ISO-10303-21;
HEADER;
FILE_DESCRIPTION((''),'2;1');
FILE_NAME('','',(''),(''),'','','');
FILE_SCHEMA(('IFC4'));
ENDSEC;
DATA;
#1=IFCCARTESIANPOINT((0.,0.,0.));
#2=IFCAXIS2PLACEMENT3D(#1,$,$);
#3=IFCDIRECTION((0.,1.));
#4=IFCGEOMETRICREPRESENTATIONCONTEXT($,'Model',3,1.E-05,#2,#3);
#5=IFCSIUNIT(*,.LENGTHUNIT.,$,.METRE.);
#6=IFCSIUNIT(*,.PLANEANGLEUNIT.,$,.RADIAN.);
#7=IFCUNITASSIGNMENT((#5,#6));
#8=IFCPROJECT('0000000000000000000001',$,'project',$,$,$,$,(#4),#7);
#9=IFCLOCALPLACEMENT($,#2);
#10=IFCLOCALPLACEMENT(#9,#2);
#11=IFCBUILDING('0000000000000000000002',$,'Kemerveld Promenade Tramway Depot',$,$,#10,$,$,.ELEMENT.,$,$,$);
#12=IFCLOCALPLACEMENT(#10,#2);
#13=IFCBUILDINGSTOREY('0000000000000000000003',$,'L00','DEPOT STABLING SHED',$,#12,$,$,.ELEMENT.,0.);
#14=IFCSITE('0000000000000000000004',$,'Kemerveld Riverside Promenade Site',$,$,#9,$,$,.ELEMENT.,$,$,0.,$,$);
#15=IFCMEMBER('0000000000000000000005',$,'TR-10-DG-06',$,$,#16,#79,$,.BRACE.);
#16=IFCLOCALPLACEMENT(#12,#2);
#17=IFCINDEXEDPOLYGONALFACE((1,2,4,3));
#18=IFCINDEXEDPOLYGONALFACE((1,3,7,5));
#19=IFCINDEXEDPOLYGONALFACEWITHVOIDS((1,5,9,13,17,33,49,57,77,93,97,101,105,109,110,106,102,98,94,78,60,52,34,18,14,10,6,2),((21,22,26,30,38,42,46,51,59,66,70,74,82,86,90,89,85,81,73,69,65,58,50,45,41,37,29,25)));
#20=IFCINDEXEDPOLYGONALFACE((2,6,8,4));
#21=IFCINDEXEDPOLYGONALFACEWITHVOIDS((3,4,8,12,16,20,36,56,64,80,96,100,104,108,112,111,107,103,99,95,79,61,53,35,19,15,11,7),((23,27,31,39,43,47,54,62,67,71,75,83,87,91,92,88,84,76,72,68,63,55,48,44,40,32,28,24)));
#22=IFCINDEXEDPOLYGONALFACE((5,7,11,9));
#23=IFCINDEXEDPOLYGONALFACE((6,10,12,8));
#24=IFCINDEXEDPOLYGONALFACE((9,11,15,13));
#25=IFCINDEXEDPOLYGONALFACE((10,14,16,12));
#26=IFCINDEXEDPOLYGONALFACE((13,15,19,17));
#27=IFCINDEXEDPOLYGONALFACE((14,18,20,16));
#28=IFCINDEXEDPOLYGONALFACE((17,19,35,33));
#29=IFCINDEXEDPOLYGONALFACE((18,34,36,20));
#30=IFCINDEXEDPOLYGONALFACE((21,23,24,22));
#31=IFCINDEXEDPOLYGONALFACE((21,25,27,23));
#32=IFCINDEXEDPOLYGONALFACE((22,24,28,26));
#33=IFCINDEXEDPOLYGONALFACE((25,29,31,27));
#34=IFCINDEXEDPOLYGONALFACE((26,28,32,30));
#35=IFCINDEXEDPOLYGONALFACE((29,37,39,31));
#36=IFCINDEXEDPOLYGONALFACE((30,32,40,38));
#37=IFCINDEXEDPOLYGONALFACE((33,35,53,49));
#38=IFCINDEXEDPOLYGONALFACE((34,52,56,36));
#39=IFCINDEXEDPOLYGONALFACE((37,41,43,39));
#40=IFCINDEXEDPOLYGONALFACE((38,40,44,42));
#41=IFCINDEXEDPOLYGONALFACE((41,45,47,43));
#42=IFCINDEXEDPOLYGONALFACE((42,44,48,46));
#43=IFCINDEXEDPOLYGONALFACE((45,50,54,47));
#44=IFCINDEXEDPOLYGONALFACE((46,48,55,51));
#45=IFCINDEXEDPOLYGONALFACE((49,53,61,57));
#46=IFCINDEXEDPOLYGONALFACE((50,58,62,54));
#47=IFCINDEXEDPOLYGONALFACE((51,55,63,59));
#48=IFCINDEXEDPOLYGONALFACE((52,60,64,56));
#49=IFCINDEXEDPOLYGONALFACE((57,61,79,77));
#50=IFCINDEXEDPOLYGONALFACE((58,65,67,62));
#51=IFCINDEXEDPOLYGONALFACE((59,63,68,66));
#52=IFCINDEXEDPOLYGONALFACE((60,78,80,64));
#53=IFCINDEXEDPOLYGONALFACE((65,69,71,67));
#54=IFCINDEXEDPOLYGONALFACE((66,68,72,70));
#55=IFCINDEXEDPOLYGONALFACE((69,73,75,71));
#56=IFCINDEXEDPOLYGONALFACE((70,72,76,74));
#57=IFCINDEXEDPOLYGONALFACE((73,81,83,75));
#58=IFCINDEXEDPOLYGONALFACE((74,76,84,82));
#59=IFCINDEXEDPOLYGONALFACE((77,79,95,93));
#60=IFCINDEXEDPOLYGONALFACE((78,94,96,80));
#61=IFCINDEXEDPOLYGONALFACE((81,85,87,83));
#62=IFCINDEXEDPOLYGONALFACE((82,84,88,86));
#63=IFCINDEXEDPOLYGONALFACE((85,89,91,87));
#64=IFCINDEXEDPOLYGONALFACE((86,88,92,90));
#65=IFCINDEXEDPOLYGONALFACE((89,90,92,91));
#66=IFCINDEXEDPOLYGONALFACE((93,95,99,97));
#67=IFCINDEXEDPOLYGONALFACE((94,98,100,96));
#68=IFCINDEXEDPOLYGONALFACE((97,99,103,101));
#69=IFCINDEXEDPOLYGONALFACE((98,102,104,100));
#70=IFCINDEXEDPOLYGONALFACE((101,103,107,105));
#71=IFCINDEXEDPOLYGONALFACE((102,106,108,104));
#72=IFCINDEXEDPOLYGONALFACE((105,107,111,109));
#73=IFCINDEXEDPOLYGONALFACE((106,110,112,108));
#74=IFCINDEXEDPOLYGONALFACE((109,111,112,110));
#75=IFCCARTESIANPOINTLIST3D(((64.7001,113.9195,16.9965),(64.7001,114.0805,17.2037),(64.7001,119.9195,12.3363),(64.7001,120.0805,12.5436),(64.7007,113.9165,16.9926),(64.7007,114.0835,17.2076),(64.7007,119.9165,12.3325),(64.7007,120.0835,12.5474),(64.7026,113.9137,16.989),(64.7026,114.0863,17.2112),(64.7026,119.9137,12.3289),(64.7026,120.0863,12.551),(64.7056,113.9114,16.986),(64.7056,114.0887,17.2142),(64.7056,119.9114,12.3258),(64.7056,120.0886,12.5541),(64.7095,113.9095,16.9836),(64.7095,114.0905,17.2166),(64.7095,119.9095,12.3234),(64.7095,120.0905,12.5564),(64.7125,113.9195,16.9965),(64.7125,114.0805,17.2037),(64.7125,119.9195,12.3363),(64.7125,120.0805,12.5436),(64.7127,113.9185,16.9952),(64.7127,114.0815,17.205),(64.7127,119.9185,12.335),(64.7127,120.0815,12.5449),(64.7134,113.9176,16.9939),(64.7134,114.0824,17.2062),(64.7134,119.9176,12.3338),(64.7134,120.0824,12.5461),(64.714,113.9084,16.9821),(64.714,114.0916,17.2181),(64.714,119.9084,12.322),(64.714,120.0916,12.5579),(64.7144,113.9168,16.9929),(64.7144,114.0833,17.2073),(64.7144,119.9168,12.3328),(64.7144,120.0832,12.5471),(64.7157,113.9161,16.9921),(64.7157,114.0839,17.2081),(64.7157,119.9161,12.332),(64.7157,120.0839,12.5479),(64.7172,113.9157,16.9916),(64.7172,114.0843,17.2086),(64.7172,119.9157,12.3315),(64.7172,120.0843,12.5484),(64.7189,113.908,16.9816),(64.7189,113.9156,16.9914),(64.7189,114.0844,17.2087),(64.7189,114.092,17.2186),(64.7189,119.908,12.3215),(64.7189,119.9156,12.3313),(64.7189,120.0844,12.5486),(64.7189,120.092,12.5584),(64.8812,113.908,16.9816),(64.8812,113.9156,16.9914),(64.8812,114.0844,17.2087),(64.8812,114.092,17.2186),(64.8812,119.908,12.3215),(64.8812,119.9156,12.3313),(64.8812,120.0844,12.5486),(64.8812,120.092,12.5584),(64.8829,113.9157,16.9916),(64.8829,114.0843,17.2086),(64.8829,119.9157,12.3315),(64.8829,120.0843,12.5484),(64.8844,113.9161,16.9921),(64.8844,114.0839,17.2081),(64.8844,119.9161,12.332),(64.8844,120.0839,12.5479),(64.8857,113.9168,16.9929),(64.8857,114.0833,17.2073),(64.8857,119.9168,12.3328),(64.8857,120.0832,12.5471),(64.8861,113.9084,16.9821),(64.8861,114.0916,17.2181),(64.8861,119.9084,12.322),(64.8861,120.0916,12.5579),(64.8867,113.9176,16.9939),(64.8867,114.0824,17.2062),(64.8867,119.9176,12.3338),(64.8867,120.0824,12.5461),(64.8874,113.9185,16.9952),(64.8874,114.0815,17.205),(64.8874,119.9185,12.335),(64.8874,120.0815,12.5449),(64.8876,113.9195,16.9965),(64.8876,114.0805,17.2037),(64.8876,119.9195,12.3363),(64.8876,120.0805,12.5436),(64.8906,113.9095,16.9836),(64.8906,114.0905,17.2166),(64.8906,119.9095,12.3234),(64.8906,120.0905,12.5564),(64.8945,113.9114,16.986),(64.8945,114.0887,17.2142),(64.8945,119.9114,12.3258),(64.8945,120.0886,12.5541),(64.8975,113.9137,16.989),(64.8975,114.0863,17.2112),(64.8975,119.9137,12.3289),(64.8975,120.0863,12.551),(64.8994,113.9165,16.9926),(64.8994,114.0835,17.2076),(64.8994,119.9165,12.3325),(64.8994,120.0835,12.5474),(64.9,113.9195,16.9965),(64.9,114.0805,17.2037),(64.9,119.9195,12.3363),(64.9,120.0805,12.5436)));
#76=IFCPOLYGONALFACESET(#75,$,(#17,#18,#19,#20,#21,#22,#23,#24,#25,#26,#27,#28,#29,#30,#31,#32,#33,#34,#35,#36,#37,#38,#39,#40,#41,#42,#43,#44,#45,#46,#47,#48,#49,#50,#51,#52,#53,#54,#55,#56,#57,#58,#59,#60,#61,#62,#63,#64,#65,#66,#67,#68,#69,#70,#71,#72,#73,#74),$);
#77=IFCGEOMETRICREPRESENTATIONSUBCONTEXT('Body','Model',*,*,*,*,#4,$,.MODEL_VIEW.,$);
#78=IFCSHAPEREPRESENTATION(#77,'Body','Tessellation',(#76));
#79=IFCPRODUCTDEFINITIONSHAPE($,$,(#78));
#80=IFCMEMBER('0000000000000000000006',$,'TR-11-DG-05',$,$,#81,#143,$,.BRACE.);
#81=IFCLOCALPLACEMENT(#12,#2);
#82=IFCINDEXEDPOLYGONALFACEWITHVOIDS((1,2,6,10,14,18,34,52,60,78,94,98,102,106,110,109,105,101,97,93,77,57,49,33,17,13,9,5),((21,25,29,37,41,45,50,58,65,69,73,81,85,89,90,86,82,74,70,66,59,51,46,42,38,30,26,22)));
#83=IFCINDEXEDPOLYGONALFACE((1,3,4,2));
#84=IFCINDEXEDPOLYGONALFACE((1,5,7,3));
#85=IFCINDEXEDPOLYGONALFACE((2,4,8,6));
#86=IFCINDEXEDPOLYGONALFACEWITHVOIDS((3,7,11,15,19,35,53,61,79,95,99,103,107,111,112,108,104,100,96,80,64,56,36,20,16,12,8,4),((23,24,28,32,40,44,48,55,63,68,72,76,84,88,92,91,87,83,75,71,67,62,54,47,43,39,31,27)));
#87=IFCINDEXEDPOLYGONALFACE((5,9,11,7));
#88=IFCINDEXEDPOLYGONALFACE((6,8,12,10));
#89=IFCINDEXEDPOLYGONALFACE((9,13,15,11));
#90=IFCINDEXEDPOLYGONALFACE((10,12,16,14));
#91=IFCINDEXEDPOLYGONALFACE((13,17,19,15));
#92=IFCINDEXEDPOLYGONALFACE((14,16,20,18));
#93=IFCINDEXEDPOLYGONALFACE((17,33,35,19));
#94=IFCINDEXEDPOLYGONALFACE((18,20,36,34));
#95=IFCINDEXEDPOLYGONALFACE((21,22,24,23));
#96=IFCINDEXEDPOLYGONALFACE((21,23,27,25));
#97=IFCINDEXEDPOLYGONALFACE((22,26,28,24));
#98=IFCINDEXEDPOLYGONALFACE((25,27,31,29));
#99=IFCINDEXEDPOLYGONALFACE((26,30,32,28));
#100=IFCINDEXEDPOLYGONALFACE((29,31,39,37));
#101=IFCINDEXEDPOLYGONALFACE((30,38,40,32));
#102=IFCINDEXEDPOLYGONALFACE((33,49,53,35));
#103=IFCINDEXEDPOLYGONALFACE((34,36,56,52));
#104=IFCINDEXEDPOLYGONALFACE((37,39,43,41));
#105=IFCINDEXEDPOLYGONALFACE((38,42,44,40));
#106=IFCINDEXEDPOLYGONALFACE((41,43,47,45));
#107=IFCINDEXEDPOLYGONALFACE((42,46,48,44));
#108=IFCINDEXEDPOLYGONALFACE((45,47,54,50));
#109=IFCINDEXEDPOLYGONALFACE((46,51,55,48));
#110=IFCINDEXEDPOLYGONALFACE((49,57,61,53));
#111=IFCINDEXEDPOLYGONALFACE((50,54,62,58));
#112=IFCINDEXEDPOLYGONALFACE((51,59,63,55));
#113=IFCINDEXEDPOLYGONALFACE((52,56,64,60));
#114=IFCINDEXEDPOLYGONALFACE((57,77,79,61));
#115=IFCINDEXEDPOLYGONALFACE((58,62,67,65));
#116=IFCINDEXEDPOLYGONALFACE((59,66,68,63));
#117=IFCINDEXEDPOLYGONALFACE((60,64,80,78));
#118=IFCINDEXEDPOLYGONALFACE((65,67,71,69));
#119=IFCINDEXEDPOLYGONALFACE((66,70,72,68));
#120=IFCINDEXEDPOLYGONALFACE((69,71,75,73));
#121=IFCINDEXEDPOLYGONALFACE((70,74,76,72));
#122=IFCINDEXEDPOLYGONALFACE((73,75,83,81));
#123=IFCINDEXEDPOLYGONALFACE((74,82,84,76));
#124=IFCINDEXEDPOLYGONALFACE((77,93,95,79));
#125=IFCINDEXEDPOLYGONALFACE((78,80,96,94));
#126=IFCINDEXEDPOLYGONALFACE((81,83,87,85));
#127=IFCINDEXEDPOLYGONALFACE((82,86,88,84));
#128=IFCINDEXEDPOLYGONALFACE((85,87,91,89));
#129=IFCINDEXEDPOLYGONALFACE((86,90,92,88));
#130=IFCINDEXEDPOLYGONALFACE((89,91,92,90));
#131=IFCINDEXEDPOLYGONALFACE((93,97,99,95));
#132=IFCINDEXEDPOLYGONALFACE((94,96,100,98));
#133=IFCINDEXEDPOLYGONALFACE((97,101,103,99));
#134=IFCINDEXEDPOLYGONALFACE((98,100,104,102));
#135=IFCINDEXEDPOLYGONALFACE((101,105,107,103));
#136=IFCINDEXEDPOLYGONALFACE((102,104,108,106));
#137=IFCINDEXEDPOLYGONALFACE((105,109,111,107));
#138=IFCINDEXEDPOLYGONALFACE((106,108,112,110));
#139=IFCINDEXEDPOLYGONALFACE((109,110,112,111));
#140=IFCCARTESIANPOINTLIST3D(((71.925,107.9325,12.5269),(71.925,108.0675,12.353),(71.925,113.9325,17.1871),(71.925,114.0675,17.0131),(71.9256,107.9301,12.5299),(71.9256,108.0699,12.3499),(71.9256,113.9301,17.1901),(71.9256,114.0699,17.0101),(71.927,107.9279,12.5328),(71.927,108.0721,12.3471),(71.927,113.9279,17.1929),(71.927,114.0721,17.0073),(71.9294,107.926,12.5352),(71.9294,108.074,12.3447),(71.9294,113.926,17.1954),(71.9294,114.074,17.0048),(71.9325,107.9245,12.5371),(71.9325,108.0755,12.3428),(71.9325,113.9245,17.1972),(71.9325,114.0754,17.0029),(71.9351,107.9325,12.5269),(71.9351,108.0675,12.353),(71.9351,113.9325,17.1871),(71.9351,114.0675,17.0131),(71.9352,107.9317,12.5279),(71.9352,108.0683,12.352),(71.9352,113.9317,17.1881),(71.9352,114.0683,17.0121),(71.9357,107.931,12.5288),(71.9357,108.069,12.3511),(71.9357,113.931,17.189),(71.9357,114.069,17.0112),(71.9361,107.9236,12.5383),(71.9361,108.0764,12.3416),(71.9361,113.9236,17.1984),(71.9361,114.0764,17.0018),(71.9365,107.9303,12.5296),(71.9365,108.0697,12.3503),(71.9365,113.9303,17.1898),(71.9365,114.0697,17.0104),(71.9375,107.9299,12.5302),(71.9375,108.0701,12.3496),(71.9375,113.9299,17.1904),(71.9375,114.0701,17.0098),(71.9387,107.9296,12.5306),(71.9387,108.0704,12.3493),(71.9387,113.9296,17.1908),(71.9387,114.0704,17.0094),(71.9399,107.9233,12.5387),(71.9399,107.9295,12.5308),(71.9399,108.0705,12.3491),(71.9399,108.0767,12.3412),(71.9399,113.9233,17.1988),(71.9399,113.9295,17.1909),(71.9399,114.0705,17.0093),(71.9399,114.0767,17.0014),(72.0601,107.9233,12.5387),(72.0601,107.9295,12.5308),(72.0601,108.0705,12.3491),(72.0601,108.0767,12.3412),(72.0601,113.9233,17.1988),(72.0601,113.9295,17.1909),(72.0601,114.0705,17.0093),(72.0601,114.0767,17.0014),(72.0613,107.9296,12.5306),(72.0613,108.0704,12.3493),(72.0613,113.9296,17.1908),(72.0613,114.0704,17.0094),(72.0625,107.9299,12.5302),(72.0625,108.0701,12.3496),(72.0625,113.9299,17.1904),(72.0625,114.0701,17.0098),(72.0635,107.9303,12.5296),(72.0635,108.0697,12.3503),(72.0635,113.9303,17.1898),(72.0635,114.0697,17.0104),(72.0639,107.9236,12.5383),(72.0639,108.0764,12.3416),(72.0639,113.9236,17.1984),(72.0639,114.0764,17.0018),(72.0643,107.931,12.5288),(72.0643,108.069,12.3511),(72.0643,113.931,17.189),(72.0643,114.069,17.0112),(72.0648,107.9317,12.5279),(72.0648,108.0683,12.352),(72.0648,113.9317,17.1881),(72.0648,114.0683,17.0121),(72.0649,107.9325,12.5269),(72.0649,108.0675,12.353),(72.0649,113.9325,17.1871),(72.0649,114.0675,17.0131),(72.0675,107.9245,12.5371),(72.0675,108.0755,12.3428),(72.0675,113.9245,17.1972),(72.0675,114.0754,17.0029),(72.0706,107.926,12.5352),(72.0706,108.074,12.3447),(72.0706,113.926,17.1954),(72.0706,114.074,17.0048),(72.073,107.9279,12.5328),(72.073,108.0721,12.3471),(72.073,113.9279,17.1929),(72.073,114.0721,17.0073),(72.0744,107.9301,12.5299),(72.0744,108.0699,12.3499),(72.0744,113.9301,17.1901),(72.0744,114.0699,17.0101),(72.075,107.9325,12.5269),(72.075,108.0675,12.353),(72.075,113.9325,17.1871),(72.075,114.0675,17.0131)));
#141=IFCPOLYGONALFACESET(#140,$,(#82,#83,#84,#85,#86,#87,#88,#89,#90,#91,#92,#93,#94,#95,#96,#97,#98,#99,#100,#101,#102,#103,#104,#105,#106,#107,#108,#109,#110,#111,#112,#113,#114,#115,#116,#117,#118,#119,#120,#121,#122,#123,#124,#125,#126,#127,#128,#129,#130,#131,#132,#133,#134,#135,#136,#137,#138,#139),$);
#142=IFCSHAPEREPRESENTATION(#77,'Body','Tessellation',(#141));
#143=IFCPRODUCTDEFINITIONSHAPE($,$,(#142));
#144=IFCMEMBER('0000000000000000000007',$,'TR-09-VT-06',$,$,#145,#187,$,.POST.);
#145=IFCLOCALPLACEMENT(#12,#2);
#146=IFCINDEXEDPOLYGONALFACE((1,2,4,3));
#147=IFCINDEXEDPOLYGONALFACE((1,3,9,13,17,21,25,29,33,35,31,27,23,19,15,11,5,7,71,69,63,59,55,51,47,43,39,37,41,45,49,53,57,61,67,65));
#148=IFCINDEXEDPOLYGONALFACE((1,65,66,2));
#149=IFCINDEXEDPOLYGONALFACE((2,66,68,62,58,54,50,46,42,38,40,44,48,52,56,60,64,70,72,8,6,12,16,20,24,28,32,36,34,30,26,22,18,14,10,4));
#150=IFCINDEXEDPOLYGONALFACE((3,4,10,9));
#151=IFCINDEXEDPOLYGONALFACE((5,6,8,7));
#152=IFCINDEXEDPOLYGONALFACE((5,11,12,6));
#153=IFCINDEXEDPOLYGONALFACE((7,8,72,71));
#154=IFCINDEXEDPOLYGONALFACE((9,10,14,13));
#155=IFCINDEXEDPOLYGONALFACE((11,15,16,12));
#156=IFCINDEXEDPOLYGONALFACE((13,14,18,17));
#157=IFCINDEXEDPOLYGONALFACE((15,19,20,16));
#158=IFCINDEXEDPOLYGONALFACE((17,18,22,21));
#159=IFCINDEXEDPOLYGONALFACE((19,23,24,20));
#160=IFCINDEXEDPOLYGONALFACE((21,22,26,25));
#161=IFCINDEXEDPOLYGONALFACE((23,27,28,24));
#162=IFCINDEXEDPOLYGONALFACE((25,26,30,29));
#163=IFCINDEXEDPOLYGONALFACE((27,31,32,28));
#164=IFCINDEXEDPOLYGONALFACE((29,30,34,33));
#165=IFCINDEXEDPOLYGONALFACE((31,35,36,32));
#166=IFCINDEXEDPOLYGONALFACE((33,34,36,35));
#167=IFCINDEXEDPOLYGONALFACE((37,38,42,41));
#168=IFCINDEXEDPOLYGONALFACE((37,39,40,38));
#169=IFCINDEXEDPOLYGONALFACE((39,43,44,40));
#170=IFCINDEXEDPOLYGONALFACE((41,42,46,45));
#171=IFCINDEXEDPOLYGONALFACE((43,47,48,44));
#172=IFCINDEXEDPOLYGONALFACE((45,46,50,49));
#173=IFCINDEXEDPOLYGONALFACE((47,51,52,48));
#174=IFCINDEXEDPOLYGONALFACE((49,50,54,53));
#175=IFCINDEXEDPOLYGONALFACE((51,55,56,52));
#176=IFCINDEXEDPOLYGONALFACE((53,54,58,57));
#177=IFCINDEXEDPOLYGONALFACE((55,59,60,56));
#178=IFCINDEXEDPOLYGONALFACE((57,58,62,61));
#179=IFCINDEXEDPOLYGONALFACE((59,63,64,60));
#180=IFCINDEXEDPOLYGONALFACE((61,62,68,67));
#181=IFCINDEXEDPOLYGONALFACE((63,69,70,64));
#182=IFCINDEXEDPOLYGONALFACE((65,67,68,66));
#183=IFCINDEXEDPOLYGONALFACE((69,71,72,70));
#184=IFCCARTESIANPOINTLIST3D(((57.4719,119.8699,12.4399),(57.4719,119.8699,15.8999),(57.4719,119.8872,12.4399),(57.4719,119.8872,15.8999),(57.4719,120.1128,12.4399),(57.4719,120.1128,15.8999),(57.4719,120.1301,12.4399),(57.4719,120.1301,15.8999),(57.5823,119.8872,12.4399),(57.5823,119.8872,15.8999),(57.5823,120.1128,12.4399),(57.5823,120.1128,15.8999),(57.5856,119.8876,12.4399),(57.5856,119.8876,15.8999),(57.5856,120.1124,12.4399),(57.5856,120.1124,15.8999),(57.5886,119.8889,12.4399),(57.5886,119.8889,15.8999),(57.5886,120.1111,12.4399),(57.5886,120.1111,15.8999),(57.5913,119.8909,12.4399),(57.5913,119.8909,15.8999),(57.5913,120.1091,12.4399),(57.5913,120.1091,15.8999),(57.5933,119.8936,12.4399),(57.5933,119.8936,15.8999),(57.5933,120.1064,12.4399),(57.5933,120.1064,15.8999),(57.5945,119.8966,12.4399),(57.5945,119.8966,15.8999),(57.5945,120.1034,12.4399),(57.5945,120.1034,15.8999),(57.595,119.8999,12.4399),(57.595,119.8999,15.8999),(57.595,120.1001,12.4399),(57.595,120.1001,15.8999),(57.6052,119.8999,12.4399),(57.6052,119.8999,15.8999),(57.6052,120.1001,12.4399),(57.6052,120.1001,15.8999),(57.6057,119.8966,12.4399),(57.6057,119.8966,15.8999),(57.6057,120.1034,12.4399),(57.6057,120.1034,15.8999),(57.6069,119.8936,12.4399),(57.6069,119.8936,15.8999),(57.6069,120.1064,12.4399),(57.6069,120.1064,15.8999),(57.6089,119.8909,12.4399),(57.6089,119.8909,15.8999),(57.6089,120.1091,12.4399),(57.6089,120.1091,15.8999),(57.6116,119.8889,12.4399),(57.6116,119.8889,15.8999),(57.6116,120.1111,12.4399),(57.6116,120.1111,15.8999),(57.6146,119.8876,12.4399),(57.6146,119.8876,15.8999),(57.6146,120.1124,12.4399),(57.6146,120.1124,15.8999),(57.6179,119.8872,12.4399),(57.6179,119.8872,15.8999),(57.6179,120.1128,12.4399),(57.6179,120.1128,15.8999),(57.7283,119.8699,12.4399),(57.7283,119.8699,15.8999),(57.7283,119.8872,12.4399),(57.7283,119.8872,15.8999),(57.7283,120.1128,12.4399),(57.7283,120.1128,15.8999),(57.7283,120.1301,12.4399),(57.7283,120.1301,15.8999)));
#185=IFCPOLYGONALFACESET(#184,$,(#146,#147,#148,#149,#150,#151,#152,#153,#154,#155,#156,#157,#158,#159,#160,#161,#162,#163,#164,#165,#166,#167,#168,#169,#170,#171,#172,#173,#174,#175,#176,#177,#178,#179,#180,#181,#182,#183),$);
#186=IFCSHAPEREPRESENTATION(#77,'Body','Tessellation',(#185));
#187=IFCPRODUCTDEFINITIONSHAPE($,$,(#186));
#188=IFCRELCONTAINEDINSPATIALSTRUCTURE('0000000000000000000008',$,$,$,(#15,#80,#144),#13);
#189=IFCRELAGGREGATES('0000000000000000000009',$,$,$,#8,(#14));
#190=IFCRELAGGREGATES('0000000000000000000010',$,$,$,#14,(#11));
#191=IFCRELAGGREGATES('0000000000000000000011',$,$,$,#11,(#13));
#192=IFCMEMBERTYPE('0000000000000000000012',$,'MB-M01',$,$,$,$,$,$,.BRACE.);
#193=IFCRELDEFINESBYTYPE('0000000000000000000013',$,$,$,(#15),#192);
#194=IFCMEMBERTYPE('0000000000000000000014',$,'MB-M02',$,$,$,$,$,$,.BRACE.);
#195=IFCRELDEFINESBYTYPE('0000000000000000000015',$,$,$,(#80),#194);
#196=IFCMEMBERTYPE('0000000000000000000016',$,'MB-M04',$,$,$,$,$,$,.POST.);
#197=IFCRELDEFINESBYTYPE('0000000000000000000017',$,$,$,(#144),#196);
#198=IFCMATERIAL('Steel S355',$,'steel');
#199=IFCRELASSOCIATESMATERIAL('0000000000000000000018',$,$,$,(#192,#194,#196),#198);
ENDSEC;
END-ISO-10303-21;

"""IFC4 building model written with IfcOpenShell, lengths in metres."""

from ifc_helpers import new_model, si_unit, direction, frame, origin, origin_2d, place, context, subcontext, project, spatial, hollow_rectangle, i_section, extrude, material, material_profile, profile_set, type_object, element, save


model = new_model("IFC4")

# Units and contexts
model_context = context("Model", 3, precision=1e-05, world=origin(), true_north=direction((0.0, 1.0)))
body_context = subcontext(model_context, "Body", "Model", "MODEL_VIEW")
ifc_project = project(units=[si_unit("LENGTHUNIT", "METRE"), si_unit("PLANEANGLEUNIT", "RADIAN")], contexts=[model_context])

# Site, building, storey
site_placement = place(None, origin())
site = spatial("IfcSite", under=ifc_project, at=site_placement, Name="Kemerveld Riverside Promenade Site", CompositionType="ELEMENT", RefElevation=0.0)
building_placement = place(site_placement, origin())
building = spatial("IfcBuilding", under=site, at=building_placement, Name="Kemerveld Promenade Tramway Depot", CompositionType="ELEMENT")
storey_placement = place(building_placement, origin())
storey = spatial("IfcBuildingStorey", under=building, at=storey_placement, Name="L00", Description="DEPOT STABLING SHED", CompositionType="ELEMENT", Elevation=0.0)

# Members
ifc_material_1 = material(Name="Steel S355", Category="steel")
ifc_material_profile_1 = material_profile(ifc_material_1, hollow_rectangle(XDim=0.2, YDim=0.3, WallThickness=0.0125, InnerFilletRadius=0.0063, OuterFilletRadius=0.0188, at=origin_2d()), Name="300x200x12.5 RHS")
ifc_profile_set_1 = profile_set([ifc_material_profile_1], Name="Steel S355")
member_type_1 = type_object("IfcMemberType", Name="MB-M01", PredefinedType="BRACE", material=ifc_profile_set_1)
member_1_placement = place(storey_placement, frame((64.8, 120.0, 12.4399), z_axis=(0.0, -0.789767, 0.613407), x_axis=(1.0, 0.0, 0.0)))
element("IfcMember", 1, at=member_1_placement, inside=storey, type_object=member_type_1, Name="TR-10-DG-06", PredefinedType="BRACE", context=body_context, shape_type="SweptSolid", body=[
    extrude(hollow_rectangle(XDim=0.2, YDim=0.3, WallThickness=0.0125, InnerFilletRadius=0.0063, OuterFilletRadius=0.0188, at=origin_2d()), origin(), (0.0, 0.0, 1.0), 7.5972),
])
ifc_material_profile_2 = material_profile(ifc_material_1, hollow_rectangle(XDim=0.1499, YDim=0.25, WallThickness=0.01, InnerFilletRadius=0.0049, OuterFilletRadius=0.0149, at=origin_2d()), Name="250x150x10.0 RHS")
ifc_profile_set_2 = profile_set([ifc_material_profile_2], Name="Steel S355")
member_type_2 = type_object("IfcMemberType", Name="MB-M02", PredefinedType="BRACE", material=ifc_profile_set_2)
member_2_placement = place(storey_placement, frame((72.0, 108.0, 12.4399), z_axis=(0.0, 0.789767, 0.613407), x_axis=(-1.0, 0.0, 0.0)))
element("IfcMember", 2, at=member_2_placement, inside=storey, type_object=member_type_2, Name="TR-11-DG-05", PredefinedType="BRACE", context=body_context, shape_type="SweptSolid", body=[
    extrude(hollow_rectangle(XDim=0.1499, YDim=0.25, WallThickness=0.01, InnerFilletRadius=0.0049, OuterFilletRadius=0.0149, at=origin_2d()), origin(), (0.0, 0.0, 1.0), 7.5972),
])
ifc_material_profile_3 = material_profile(ifc_material_1, i_section(OverallWidth=0.2563, OverallDepth=0.2603, WebThickness=0.0103, FlangeThickness=0.0173, FilletRadius=0.0127, at=origin_2d()), Name="254x254x89 UC")
ifc_profile_set_3 = profile_set([ifc_material_profile_3], Name="Steel S355")
member_type_3 = type_object("IfcMemberType", Name="MB-M04", PredefinedType="POST", material=ifc_profile_set_3)
member_3_placement = place(storey_placement, frame((57.6001, 120.0, 12.4399), z_axis=(0.0, 0.0, 1.0), x_axis=(1.0, 0.0, 0.0)))
element("IfcMember", 3, at=member_3_placement, inside=storey, type_object=member_type_3, Name="TR-09-VT-06", PredefinedType="POST", context=body_context, shape_type="SweptSolid", body=[
    extrude(i_section(OverallWidth=0.2563, OverallDepth=0.2603, WebThickness=0.0103, FlangeThickness=0.0173, FilletRadius=0.0127, at=origin_2d()), origin(), (0.0, 0.0, 1.0), 3.46),
])

save(model, "model.ifc")
